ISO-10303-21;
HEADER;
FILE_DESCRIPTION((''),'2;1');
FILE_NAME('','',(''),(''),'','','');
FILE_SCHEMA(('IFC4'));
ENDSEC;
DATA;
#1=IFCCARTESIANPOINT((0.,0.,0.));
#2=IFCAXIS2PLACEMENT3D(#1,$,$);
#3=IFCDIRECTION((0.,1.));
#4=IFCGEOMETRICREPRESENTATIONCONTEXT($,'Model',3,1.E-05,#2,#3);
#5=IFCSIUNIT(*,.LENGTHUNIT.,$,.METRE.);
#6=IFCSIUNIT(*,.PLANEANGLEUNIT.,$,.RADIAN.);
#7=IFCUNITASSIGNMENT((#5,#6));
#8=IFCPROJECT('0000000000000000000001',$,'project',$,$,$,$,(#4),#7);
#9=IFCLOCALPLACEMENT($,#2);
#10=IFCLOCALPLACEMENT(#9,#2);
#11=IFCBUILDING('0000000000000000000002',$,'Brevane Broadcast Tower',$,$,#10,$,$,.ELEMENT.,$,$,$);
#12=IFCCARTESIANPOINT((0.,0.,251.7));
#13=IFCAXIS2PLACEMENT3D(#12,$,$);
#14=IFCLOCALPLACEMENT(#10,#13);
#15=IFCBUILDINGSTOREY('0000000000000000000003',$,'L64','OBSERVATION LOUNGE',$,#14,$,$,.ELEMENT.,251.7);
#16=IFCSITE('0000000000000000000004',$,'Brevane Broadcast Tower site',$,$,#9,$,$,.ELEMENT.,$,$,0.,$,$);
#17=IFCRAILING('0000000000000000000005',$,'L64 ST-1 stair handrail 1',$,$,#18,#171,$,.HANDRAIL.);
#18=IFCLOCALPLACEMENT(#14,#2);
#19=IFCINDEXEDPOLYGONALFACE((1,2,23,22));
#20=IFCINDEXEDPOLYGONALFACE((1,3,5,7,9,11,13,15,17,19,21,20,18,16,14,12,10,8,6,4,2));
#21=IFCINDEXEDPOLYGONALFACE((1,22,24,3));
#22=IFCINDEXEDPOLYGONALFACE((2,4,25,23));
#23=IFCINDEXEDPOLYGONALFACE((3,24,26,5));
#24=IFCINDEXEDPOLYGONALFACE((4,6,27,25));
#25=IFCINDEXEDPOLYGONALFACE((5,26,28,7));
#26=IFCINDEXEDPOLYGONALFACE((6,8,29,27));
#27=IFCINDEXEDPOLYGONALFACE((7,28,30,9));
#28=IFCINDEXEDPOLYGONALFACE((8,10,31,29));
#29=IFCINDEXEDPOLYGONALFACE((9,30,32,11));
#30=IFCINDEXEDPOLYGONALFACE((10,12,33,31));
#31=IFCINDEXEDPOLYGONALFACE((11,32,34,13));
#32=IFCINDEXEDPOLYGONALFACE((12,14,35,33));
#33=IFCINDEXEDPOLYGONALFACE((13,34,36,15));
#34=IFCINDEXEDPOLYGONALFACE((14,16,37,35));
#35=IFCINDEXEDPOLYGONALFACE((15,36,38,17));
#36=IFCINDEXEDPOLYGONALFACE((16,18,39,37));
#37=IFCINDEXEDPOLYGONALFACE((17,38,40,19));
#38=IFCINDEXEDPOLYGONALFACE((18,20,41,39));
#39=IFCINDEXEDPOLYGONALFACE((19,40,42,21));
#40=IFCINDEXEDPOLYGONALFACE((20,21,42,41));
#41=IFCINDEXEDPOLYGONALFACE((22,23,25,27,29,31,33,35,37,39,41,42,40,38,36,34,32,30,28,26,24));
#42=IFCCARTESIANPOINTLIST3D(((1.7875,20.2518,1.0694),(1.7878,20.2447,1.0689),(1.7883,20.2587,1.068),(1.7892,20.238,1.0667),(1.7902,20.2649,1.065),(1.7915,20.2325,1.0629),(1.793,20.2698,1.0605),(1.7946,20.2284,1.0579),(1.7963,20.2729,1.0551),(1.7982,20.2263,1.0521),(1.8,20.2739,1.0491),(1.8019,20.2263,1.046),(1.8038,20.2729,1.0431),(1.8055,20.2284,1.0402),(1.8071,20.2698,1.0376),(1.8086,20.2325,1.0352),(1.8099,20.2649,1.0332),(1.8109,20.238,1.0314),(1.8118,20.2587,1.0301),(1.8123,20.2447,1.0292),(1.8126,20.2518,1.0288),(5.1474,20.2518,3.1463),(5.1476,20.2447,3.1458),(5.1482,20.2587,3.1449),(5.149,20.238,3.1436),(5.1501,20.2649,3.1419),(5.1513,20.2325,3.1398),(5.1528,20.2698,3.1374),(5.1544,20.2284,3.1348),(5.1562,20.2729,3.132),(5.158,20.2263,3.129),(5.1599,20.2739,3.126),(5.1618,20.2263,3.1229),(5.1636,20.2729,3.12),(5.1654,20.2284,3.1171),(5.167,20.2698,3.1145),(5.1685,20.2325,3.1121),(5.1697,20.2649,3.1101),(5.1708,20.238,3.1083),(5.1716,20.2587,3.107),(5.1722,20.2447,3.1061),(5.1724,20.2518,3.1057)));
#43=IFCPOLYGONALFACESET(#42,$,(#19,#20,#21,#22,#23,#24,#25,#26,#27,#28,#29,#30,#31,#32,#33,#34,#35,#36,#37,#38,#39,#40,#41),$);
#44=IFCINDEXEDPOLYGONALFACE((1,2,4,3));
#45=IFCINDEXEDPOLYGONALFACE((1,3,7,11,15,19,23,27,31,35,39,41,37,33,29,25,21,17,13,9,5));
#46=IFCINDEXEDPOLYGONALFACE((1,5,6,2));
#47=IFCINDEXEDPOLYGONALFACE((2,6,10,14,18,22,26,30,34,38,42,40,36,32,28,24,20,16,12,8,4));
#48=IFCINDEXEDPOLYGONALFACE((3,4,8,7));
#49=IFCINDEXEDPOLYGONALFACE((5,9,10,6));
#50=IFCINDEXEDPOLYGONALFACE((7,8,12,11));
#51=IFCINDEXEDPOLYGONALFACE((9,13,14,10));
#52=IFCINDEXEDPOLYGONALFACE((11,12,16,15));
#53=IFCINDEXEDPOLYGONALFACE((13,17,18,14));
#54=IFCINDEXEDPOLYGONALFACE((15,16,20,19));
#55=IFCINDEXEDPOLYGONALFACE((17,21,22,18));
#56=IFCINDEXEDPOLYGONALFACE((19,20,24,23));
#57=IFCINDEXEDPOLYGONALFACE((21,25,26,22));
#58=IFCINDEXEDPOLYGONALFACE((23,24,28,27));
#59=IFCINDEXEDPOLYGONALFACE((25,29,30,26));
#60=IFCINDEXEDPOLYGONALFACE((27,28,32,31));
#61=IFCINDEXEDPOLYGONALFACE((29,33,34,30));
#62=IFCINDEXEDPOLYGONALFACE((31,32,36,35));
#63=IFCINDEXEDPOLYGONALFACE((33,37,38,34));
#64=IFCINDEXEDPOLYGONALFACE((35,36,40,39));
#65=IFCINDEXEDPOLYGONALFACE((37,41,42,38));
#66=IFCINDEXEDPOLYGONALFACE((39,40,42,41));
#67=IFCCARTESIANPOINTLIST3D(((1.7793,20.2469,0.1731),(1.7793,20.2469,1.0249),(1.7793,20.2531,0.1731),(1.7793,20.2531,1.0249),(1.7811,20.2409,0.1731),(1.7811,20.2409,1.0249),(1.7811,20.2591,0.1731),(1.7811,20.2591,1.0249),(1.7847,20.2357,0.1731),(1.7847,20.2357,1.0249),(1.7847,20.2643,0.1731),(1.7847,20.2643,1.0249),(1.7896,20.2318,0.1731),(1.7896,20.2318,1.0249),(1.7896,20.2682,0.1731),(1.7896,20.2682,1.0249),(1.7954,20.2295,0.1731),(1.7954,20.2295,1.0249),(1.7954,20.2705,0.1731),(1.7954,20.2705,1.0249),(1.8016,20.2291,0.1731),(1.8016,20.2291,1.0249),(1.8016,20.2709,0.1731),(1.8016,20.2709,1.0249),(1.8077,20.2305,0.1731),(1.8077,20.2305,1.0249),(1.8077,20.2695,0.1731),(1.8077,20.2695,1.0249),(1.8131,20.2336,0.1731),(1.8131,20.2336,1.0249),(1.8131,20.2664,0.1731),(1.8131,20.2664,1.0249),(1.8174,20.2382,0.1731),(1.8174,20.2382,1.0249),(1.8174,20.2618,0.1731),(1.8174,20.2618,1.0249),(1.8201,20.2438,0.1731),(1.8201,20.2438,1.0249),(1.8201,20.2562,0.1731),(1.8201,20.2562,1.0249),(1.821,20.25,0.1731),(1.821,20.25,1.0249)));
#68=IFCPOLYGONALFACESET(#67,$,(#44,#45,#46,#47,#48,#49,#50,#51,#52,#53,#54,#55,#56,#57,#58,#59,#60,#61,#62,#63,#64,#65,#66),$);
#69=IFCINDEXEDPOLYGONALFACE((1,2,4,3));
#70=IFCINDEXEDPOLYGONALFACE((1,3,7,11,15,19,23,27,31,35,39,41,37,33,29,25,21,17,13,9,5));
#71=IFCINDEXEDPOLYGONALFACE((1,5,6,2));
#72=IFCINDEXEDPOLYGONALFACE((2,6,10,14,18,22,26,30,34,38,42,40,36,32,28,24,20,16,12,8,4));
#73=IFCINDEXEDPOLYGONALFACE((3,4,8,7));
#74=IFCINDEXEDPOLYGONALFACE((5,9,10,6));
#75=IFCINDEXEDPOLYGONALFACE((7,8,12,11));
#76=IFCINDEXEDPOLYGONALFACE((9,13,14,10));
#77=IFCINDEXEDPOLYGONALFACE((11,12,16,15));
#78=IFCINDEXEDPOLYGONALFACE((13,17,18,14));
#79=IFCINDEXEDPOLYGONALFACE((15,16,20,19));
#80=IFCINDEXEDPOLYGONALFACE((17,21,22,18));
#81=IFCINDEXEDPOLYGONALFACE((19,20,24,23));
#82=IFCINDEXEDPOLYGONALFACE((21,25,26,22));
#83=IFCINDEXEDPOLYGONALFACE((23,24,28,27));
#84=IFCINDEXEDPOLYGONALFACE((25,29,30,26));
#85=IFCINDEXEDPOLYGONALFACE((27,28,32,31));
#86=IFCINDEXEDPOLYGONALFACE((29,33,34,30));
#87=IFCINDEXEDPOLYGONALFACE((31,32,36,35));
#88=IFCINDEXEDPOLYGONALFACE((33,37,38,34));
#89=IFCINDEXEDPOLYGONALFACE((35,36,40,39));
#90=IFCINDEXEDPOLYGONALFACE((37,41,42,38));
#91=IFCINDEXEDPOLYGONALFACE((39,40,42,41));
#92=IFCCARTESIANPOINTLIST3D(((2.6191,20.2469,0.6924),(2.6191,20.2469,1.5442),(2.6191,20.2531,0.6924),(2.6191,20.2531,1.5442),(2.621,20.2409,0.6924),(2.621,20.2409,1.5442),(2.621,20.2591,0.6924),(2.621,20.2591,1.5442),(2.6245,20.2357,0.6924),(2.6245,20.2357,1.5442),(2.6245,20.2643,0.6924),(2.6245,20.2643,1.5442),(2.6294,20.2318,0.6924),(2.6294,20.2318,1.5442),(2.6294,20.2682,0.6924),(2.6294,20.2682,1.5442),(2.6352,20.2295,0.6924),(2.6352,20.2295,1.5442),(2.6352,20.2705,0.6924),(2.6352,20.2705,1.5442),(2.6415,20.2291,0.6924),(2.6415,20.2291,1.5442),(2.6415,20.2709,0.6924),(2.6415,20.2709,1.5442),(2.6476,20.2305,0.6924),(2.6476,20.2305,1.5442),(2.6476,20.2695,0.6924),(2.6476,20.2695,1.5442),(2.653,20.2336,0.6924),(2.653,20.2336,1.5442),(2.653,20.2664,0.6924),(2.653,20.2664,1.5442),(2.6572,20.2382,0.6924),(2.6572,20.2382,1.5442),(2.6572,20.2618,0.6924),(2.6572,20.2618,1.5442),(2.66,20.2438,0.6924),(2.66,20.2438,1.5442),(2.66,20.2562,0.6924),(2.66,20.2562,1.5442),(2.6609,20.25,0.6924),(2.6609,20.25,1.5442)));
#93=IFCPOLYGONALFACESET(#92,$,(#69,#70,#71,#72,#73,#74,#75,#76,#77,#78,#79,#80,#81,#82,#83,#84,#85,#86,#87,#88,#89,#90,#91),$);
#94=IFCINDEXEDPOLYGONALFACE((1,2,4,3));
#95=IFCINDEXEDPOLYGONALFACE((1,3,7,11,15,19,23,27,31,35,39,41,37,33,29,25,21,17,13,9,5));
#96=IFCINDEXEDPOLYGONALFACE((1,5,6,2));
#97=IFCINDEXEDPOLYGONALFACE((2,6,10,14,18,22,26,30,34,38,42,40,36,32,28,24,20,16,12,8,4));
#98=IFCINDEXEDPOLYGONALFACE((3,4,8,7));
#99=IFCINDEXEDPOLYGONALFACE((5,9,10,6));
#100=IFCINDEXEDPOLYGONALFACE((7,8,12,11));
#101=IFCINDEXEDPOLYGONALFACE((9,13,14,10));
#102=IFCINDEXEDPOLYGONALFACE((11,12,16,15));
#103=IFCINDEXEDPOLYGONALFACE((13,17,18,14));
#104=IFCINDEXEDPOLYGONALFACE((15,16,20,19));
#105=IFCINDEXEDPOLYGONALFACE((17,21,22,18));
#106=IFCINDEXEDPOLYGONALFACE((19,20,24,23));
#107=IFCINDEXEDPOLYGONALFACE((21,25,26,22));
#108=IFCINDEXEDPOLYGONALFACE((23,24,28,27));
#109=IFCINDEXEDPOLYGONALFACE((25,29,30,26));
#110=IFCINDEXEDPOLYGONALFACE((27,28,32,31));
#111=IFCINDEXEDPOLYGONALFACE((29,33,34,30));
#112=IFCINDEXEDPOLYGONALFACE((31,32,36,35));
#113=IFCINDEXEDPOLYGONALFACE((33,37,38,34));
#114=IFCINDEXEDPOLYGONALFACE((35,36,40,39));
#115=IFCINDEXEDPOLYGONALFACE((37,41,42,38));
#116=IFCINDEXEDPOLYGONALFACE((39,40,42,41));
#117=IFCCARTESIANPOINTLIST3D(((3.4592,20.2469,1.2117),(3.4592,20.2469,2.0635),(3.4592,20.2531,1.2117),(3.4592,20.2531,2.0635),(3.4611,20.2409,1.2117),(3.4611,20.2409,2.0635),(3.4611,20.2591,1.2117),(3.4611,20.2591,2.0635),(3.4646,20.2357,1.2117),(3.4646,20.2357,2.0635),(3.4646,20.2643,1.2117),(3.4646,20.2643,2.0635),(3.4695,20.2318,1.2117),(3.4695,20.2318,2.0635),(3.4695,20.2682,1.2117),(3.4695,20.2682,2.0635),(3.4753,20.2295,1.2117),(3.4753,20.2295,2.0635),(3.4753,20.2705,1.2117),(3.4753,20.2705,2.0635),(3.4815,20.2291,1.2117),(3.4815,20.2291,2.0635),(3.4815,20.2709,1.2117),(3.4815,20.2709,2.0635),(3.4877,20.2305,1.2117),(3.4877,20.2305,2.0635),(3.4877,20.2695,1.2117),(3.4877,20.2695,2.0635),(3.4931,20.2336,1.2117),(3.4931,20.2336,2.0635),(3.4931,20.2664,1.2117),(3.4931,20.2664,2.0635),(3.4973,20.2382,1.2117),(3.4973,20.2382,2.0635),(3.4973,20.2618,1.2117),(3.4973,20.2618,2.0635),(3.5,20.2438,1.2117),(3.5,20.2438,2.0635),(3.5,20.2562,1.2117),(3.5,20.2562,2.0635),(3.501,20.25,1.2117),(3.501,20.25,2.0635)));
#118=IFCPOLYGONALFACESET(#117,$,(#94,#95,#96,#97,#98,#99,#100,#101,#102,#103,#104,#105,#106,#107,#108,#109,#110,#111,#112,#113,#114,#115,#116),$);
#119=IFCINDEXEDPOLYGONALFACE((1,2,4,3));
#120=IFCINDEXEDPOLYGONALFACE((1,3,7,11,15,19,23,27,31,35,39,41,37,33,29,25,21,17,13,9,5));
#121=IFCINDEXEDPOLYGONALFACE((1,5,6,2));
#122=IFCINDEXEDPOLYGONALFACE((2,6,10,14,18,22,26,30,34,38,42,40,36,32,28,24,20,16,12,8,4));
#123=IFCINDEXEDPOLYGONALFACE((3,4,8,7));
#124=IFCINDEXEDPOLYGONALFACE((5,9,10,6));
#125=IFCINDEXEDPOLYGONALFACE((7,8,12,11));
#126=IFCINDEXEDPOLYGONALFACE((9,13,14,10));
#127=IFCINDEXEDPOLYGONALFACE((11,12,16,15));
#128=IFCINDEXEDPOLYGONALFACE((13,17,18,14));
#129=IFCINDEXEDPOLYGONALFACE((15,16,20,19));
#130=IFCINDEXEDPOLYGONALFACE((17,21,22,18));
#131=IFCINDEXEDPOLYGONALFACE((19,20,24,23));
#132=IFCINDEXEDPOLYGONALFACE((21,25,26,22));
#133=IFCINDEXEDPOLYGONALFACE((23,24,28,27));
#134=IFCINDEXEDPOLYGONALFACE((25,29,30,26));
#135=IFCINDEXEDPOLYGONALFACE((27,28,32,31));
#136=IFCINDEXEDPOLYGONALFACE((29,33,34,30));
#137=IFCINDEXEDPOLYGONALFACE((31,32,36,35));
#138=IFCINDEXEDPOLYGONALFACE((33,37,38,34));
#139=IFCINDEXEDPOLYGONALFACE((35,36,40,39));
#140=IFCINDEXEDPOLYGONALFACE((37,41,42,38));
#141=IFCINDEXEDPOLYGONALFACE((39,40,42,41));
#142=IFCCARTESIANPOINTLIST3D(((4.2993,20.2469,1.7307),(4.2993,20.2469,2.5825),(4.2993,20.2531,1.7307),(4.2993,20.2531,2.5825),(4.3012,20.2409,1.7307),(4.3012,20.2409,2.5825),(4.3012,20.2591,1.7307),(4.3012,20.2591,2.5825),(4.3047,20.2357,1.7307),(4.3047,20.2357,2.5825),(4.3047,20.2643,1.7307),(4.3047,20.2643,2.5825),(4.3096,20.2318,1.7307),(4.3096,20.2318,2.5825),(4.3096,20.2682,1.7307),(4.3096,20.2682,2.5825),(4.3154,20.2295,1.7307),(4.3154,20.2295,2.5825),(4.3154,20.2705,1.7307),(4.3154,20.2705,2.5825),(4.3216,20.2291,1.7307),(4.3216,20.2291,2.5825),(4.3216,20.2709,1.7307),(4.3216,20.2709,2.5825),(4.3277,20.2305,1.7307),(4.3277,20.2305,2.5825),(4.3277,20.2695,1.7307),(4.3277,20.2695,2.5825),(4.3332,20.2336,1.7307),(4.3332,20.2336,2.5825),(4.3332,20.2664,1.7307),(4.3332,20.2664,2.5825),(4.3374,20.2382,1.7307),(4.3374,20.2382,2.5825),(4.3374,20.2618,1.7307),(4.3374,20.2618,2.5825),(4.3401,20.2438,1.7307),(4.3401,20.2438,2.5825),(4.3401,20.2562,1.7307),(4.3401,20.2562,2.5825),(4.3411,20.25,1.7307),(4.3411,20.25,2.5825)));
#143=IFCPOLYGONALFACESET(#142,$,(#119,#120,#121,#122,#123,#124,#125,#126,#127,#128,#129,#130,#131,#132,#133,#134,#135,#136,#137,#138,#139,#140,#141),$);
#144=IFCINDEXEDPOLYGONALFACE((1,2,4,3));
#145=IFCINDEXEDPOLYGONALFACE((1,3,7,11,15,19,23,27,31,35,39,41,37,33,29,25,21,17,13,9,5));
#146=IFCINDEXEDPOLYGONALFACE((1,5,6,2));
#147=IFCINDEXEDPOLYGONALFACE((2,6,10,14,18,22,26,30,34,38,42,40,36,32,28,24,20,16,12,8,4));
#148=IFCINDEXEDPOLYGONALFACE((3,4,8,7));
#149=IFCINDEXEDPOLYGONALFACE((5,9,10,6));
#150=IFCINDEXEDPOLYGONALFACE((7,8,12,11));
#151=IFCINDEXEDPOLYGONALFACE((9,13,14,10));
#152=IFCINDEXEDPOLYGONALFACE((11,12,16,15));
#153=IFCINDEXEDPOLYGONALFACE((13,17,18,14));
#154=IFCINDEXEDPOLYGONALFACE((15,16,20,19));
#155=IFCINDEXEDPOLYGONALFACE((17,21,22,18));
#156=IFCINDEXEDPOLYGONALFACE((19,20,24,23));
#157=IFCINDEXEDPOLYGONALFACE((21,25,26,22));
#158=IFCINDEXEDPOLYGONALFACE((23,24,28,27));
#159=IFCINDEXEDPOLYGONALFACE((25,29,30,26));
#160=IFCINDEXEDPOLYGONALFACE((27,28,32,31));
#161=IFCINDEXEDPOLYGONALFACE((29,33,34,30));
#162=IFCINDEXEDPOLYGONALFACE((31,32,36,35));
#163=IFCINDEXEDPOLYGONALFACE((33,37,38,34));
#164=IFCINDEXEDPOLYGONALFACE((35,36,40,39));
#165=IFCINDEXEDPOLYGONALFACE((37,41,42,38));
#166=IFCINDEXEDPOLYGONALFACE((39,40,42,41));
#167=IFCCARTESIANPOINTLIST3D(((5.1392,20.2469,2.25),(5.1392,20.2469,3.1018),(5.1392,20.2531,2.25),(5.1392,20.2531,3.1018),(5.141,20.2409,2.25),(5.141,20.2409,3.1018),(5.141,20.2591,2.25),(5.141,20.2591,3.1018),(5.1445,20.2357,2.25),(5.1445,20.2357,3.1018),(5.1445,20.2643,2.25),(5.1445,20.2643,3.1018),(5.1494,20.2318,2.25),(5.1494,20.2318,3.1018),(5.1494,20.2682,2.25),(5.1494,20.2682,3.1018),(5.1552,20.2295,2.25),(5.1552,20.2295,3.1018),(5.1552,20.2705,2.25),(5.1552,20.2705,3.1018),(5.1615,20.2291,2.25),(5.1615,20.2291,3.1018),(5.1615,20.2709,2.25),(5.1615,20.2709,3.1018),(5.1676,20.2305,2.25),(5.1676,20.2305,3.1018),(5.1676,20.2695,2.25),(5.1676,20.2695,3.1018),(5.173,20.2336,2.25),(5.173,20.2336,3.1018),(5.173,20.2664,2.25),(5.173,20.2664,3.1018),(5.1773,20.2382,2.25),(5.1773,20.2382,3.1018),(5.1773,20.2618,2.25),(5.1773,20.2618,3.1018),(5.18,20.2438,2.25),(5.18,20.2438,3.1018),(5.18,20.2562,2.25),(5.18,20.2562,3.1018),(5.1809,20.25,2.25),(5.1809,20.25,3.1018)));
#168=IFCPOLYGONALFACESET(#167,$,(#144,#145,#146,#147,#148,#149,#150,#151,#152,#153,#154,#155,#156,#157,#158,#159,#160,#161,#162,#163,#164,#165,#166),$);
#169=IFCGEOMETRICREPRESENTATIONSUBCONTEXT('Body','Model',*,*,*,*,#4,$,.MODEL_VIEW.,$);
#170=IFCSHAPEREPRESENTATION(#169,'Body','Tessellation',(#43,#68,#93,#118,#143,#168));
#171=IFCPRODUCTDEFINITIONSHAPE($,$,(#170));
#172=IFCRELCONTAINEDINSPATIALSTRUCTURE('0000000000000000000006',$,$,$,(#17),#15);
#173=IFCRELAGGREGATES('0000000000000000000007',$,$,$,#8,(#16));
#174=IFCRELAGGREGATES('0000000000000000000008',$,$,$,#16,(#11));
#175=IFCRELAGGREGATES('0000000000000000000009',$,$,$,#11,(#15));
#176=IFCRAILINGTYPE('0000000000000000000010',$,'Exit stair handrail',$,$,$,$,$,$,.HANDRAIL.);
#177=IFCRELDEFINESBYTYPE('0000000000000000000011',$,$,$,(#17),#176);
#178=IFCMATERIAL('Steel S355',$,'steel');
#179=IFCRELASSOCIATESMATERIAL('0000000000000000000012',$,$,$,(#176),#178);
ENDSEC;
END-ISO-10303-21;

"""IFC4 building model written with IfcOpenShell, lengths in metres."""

from ifc_helpers import new_model, si_unit, direction, frame, origin, origin_2d, place, context, subcontext, project, spatial, circle, extrude, material, type_object, element, save


model = new_model("IFC4")

# Units and contexts
model_context = context("Model", 3, precision=1e-05, world=origin(), true_north=direction((0.0, 1.0)))
body_context = subcontext(model_context, "Body", "Model", "MODEL_VIEW")
ifc_project = project(units=[si_unit("LENGTHUNIT", "METRE"), si_unit("PLANEANGLEUNIT", "RADIAN")], contexts=[model_context])

# Site, building, storey
site_placement = place(None, origin())
site = spatial("IfcSite", under=ifc_project, at=site_placement, Name="Brevane Broadcast Tower site", CompositionType="ELEMENT", RefElevation=0.0)
building_placement = place(site_placement, origin())
building = spatial("IfcBuilding", under=site, at=building_placement, Name="Brevane Broadcast Tower", CompositionType="ELEMENT")
storey_placement = place(building_placement, frame((0.0, 0.0, 251.7)))
storey = spatial("IfcBuildingStorey", under=building, at=storey_placement, Name="L64", Description="OBSERVATION LOUNGE", CompositionType="ELEMENT", Elevation=251.7)

# Railing
ifc_material_1 = material(Name="Steel S355", Category="steel")
railing_type_1 = type_object("IfcRailingType", Name="Exit stair handrail", PredefinedType="HANDRAIL", material=ifc_material_1)
railing_1_placement = place(storey_placement, frame((1.8, 20.25, 0.1731)))
element("IfcRailing", 1, at=railing_1_placement, inside=storey, type_object=railing_type_1, Name="L64 ST-1 stair handrail 1", PredefinedType="HANDRAIL", context=body_context, shape_type="SweptSolid", body=[
    extrude(circle(Radius=0.0239, at=origin_2d()), frame((0.0, 0.0, 0.876), z_axis=(0.850606, 0.0, 0.525803), x_axis=(0.0, 1.0, 0.0)), (0.0, 0.0, 1.0), 3.95),
    extrude(circle(Radius=0.021, at=origin_2d()), origin(), (0.0, 0.0, 1.0), 0.8518),
    extrude(circle(Radius=0.021, at=origin_2d()), frame((0.8398, 0.0, 0.5193)), (0.0, 0.0, 1.0), 0.8518),
    extrude(circle(Radius=0.021, at=origin_2d()), frame((1.6799, 0.0, 1.0386)), (0.0, 0.0, 1.0), 0.8518),
    extrude(circle(Radius=0.021, at=origin_2d()), frame((2.52, 0.0, 1.5576)), (0.0, 0.0, 1.0), 0.8518),
    extrude(circle(Radius=0.021, at=origin_2d()), frame((3.3599, 0.0, 2.0769)), (0.0, 0.0, 1.0), 0.8518),
])

save(model, "model.ifc")
